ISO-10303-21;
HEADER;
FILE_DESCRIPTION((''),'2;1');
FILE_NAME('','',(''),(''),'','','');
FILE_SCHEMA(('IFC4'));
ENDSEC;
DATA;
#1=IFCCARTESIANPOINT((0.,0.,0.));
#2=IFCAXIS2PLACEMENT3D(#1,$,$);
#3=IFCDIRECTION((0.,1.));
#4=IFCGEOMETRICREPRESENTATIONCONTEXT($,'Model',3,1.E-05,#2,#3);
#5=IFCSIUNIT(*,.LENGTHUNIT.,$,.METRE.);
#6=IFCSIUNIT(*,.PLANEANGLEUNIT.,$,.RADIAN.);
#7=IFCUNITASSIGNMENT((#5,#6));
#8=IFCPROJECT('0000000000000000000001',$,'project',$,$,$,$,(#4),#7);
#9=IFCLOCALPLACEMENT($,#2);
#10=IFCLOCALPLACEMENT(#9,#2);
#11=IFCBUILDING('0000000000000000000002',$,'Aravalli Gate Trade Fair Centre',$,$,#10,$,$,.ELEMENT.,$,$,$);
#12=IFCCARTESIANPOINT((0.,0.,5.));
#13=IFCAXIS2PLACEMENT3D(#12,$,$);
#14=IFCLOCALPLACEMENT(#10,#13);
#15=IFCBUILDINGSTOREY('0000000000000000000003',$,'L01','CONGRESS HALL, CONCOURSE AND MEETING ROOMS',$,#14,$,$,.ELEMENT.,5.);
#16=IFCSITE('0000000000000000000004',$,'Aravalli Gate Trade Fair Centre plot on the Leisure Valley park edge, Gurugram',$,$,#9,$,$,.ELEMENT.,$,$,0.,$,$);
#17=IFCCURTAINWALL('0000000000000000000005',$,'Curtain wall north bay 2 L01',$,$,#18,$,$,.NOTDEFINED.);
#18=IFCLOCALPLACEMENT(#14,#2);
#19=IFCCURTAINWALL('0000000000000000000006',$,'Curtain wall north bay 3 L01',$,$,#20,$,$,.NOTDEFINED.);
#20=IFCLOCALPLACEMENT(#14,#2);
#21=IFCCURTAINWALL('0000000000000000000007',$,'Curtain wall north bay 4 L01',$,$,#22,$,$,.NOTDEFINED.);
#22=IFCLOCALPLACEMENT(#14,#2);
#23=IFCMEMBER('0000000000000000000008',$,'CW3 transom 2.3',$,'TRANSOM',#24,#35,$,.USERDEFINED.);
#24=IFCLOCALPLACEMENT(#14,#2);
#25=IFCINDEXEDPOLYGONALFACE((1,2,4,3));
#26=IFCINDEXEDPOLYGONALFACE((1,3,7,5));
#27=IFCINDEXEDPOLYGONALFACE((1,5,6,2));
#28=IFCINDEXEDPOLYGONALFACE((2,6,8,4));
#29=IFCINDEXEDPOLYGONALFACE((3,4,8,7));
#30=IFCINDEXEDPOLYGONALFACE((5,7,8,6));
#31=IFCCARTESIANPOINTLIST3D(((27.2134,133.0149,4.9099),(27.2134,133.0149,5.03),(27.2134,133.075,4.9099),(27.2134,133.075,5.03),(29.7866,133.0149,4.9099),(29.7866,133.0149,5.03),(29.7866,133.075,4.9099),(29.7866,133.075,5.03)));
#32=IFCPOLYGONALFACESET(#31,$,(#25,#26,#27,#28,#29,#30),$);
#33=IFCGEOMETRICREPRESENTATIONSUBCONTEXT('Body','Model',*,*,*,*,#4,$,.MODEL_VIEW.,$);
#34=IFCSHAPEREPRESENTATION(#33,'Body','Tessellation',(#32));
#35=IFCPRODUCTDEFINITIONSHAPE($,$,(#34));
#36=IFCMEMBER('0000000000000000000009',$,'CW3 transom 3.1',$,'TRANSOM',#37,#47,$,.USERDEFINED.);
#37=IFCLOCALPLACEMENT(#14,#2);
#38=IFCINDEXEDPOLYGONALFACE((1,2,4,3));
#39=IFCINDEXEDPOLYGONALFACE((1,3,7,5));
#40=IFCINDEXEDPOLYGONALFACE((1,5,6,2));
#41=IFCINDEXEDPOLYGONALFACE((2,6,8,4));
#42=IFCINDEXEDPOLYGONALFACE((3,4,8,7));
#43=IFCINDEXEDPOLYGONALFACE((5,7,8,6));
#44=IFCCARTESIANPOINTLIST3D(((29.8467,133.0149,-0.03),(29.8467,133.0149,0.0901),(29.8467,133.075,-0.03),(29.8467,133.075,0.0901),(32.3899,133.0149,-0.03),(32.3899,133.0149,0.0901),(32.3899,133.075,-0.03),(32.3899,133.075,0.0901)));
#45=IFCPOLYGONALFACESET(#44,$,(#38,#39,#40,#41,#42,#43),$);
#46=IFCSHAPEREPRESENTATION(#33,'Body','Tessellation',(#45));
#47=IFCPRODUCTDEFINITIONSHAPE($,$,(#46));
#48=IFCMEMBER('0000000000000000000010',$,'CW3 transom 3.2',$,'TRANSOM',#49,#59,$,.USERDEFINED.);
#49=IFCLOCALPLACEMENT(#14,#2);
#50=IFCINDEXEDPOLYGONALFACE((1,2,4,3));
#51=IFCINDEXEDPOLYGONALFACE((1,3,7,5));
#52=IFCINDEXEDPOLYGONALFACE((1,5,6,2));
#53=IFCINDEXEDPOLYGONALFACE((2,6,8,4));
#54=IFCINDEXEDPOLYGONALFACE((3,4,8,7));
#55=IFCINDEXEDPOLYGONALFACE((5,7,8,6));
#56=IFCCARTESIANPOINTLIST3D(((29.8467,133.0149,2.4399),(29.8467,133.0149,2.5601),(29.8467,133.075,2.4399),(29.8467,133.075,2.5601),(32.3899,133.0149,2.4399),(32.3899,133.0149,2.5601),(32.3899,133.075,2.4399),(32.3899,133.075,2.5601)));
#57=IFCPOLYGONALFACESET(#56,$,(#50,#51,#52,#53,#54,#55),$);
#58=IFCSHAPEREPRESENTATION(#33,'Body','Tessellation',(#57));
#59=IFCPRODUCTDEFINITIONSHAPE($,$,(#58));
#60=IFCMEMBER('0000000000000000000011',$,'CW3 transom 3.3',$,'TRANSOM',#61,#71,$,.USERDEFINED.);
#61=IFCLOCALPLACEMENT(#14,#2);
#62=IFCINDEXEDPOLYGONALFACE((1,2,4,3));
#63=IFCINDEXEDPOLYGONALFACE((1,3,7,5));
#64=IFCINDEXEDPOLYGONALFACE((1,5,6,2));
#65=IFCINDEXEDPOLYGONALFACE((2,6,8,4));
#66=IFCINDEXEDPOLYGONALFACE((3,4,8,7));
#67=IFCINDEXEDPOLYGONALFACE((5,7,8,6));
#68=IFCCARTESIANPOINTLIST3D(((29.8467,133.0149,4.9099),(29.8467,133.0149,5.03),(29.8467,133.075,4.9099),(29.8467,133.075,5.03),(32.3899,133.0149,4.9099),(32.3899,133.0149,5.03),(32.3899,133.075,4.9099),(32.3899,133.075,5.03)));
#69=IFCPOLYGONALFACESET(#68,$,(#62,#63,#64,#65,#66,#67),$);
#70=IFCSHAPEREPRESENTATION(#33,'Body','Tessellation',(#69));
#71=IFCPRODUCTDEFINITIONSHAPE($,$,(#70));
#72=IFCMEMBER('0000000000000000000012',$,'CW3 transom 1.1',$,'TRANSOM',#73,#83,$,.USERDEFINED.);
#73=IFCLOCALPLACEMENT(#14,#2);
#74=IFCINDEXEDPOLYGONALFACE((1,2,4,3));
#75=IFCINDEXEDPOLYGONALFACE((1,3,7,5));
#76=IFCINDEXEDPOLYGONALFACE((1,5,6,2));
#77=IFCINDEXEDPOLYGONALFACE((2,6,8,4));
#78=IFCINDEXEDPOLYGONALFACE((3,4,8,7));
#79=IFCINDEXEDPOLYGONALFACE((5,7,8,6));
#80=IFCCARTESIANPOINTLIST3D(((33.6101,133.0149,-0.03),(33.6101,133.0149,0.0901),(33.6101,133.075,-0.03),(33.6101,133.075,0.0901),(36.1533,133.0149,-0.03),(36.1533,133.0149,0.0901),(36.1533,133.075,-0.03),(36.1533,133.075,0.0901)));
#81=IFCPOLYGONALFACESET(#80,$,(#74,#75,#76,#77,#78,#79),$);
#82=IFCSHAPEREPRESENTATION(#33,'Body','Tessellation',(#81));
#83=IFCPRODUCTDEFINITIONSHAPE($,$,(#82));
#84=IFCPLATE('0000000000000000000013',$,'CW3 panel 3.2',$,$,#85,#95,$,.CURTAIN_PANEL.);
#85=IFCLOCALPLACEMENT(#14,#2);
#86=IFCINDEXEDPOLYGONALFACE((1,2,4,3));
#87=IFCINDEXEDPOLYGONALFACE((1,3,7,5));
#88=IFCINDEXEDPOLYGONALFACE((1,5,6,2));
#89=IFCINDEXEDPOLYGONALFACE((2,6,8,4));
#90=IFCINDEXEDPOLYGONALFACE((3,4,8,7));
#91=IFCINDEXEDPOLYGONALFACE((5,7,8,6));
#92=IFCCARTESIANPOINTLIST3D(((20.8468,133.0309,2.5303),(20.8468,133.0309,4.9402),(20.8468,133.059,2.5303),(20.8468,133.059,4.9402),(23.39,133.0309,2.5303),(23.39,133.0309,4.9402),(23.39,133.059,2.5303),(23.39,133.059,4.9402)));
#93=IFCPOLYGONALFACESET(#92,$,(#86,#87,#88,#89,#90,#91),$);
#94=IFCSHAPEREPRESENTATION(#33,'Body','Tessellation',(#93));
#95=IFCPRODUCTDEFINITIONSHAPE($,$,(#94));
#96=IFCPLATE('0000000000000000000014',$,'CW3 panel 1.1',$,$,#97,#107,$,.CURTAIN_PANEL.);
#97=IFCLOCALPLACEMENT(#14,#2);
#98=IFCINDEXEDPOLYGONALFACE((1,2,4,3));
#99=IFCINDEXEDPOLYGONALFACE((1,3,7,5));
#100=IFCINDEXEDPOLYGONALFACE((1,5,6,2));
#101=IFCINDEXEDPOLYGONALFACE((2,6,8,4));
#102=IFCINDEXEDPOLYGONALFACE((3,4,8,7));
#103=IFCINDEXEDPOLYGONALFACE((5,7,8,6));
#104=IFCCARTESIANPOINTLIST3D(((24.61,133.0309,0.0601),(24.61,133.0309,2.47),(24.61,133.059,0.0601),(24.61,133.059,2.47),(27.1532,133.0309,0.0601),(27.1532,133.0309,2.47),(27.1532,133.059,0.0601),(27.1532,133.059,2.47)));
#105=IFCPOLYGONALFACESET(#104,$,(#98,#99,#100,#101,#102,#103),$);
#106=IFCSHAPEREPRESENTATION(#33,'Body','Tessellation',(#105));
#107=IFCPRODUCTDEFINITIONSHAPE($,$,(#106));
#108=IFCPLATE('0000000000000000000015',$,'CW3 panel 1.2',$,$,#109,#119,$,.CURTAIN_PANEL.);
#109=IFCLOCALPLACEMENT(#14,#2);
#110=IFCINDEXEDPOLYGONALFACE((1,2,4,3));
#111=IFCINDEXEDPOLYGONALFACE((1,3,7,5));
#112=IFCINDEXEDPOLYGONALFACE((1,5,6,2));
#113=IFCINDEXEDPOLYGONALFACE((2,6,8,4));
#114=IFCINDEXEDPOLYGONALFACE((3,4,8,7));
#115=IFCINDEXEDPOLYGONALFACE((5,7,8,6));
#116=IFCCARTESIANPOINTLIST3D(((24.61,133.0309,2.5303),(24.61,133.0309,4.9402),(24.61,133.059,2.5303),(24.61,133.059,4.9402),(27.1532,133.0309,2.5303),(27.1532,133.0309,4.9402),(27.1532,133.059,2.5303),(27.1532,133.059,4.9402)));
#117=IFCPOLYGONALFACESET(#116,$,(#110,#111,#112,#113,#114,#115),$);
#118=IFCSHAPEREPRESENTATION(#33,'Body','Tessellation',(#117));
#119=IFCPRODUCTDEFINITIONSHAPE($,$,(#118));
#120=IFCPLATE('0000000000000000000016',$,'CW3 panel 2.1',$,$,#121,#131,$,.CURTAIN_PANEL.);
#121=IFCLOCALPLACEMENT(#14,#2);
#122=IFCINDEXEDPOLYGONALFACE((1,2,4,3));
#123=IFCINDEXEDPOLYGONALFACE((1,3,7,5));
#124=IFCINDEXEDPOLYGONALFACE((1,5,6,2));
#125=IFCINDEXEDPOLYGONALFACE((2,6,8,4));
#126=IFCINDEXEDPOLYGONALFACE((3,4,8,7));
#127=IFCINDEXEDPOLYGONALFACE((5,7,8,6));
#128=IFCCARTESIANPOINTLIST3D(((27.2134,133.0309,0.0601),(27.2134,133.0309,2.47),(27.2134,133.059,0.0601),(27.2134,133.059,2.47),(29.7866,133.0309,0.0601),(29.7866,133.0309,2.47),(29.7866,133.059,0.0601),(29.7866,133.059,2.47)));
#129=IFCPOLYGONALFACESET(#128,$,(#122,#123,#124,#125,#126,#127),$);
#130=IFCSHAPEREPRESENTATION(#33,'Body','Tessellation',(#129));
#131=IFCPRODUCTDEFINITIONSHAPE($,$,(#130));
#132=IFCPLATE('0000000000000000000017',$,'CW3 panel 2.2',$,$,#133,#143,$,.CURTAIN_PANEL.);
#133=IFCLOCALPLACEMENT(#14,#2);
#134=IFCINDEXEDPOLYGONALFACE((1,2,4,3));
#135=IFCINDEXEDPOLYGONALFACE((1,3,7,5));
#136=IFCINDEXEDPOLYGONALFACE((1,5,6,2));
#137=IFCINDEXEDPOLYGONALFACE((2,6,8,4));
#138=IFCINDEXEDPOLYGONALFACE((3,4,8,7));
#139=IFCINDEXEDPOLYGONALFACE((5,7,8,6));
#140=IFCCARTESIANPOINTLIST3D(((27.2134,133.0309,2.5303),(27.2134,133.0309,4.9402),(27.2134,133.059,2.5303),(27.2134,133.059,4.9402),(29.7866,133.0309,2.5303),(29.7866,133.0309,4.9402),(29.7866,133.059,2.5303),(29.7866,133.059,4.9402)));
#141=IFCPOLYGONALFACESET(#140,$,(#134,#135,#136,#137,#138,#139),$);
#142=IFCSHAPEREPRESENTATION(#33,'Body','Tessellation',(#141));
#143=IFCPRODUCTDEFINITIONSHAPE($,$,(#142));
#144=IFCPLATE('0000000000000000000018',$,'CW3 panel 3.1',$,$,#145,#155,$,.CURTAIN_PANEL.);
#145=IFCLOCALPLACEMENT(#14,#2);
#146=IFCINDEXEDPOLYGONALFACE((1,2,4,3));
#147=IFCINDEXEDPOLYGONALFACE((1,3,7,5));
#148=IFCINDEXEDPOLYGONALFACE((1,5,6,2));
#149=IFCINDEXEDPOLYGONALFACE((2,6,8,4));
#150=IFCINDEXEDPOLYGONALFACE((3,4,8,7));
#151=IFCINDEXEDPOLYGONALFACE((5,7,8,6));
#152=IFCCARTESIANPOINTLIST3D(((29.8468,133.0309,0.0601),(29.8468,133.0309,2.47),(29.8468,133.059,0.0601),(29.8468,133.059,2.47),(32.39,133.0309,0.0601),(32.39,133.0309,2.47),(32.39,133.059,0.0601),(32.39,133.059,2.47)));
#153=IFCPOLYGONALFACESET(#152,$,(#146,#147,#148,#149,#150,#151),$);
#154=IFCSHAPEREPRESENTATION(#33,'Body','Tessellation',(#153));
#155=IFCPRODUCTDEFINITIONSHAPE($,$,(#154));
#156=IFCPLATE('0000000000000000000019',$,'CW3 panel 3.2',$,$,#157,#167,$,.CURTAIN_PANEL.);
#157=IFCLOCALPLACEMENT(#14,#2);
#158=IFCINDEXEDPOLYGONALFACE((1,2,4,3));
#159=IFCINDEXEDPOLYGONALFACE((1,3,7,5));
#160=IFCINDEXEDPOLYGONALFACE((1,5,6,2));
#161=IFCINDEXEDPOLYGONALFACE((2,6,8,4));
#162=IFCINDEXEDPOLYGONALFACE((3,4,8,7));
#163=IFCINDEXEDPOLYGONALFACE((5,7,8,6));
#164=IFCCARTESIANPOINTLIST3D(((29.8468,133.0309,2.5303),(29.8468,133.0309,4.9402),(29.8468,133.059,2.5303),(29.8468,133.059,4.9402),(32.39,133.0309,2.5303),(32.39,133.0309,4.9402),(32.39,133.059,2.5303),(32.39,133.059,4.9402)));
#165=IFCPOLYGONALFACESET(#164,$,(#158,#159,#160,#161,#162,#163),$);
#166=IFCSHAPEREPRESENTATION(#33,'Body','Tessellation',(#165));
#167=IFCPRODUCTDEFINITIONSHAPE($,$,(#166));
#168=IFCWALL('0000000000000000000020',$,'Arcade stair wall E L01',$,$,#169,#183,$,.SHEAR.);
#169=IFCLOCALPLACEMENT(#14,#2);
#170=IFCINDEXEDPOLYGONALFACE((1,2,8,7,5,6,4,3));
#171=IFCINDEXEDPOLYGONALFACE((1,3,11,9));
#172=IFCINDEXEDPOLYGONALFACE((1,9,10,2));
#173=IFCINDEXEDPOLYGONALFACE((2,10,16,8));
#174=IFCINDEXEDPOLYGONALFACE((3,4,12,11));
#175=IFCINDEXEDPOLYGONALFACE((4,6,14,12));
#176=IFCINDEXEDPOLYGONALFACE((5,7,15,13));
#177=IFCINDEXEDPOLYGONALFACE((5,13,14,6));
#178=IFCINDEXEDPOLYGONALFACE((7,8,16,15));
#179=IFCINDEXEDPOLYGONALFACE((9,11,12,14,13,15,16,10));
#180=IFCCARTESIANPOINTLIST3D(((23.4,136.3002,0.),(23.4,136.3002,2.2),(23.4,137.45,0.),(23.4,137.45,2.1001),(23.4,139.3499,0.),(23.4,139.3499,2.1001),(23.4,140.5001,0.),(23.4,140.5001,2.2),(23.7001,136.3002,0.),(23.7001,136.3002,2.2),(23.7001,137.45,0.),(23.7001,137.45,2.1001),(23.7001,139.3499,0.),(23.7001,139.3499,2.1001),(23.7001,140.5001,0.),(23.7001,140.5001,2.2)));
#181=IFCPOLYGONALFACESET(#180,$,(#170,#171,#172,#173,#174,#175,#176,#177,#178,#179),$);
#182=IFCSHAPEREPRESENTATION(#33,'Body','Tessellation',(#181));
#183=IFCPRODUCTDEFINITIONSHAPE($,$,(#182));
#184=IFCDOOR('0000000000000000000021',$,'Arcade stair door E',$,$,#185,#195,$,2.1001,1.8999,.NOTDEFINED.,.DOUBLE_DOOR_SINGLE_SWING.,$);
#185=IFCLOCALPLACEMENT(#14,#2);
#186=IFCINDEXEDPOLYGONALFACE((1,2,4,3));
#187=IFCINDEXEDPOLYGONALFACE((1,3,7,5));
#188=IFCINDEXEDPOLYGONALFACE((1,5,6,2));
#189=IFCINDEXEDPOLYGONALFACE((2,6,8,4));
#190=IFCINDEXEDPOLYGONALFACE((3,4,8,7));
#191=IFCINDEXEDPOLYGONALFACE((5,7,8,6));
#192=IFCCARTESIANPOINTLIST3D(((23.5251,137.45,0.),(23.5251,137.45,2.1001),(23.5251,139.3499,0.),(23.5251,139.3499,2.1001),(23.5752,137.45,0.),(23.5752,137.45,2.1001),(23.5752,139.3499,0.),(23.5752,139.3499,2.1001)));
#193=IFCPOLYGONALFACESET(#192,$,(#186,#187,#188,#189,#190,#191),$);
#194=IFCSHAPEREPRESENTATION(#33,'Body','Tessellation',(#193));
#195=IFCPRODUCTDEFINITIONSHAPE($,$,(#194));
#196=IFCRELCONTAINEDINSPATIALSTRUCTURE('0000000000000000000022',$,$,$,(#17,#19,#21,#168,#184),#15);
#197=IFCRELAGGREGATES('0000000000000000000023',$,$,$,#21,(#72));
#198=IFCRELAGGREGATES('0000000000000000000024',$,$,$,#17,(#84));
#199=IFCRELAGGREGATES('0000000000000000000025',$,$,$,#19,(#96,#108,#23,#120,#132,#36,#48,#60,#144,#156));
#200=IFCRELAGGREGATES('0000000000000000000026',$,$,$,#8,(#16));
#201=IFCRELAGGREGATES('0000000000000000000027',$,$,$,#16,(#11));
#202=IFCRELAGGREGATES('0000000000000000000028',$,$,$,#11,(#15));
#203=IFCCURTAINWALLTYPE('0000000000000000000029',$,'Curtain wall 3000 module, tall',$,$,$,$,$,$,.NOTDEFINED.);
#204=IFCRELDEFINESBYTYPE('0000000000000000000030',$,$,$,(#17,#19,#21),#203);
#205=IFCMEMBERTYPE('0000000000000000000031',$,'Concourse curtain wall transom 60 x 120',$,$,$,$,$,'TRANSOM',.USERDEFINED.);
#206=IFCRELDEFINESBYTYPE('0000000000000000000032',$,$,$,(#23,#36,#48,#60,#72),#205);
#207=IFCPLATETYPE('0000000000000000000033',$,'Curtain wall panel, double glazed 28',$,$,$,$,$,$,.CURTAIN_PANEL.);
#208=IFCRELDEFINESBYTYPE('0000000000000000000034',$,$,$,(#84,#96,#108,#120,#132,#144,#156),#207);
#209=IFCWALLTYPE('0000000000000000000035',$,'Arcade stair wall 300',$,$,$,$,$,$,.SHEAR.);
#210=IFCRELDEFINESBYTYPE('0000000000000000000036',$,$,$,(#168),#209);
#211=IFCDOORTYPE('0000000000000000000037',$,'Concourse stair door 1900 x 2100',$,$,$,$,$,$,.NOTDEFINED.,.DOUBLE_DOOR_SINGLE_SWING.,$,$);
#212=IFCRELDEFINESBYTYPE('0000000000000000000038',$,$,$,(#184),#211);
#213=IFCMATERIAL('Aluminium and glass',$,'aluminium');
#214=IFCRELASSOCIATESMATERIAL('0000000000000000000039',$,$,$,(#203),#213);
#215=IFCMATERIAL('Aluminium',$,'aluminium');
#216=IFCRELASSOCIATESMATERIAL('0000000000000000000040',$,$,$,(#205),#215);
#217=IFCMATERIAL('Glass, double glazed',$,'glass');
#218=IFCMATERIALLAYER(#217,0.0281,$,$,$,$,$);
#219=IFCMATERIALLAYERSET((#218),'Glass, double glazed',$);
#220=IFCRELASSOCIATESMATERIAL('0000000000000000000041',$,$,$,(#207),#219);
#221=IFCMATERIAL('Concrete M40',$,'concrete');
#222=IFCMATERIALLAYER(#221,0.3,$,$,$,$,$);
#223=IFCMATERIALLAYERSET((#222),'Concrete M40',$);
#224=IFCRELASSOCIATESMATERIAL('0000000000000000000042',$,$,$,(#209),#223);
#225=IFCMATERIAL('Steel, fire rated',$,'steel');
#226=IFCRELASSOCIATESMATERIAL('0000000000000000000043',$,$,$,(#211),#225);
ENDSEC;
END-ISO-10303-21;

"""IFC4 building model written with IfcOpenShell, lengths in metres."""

from ifc_helpers import new_model, si_unit, direction, frame, frame_2d, origin, origin_2d, place, context, subcontext, project, spatial, rectangle, extrude, material, layer, layer_set, material_profile, profile_set, type_object, element, fill, aggregate, save


model = new_model("IFC4")

# Units and contexts
model_context = context("Model", 3, precision=1e-05, world=origin(), true_north=direction((0.0, 1.0)))
body_context = subcontext(model_context, "Body", "Model", "MODEL_VIEW")
ifc_project = project(units=[si_unit("LENGTHUNIT", "METRE"), si_unit("PLANEANGLEUNIT", "RADIAN")], contexts=[model_context])

# Site, building, storey
site_placement = place(None, origin())
site = spatial("IfcSite", under=ifc_project, at=site_placement, Name="Aravalli Gate Trade Fair Centre plot on the Leisure Valley park edge, Gurugram", CompositionType="ELEMENT", RefElevation=0.0)
building_placement = place(site_placement, origin())
building = spatial("IfcBuilding", under=site, at=building_placement, Name="Aravalli Gate Trade Fair Centre", CompositionType="ELEMENT")
storey_placement = place(building_placement, frame((0.0, 0.0, 5.0)))
storey = spatial("IfcBuildingStorey", under=building, at=storey_placement, Name="L01", Description="CONGRESS HALL, CONCOURSE AND MEETING ROOMS", CompositionType="ELEMENT", Elevation=5.0)

# Curtain wall
ifc_material_1 = material(Name="Aluminium and glass", Category="aluminium")
curtain_wall_type = type_object("IfcCurtainWallType", Name="Curtain wall 3000 module, tall", PredefinedType="NOTDEFINED", material=ifc_material_1)
curtain_wall_1_placement = place(storey_placement, origin())
curtain_wall_1 = element("IfcCurtainWall", 1, at=curtain_wall_1_placement, inside=storey, type_object=curtain_wall_type, Name="Curtain wall north bay 2 L01", PredefinedType="NOTDEFINED")
ifc_material_2 = material(Name="Aluminium", Category="aluminium")

# Curtain wall
curtain_wall_2_placement = place(storey_placement, origin())
curtain_wall_2 = element("IfcCurtainWall", 2, at=curtain_wall_2_placement, inside=storey, type_object=curtain_wall_type, Name="Curtain wall north bay 3 L01", PredefinedType="NOTDEFINED")

# Curtain wall
curtain_wall_3_placement = place(storey_placement, origin())
curtain_wall_3 = element("IfcCurtainWall", 3, at=curtain_wall_3_placement, inside=storey, type_object=curtain_wall_type, Name="Curtain wall north bay 4 L01", PredefinedType="NOTDEFINED")

# Members
ifc_material_profile_1 = material_profile(ifc_material_2, rectangle(XDim=0.0601, YDim=0.1201, at=origin_2d()), Name="Concourse curtain wall transom 60 x 120")
ifc_profile_set_1 = profile_set([ifc_material_profile_1], Name="Aluminium")
member_type_1 = type_object("IfcMemberType", Name="Concourse curtain wall transom 60 x 120", ElementType="TRANSOM", PredefinedType="USERDEFINED", material=ifc_profile_set_1)
member_1_placement = place(storey_placement, frame((27.2134, 133.0449, 4.97), z_axis=(1.0, 0.0, 0.0), x_axis=(0.0, 1.0, 0.0)))
member_1 = element("IfcMember", 4, at=member_1_placement, type_object=member_type_1, Name="CW3 transom 2.3", ObjectType="TRANSOM", PredefinedType="USERDEFINED", context=body_context, shape_type="SweptSolid", body=[
    extrude(rectangle(XDim=0.0601, YDim=0.1201, at=origin_2d()), origin(), (0.0, 0.0, 1.0), 2.5732),
])
member_2_placement = place(storey_placement, frame((29.8467, 133.0449, 0.03), z_axis=(1.0, 0.0, 0.0), x_axis=(0.0, 1.0, 0.0)))
member_2 = element("IfcMember", 5, at=member_2_placement, type_object=member_type_1, Name="CW3 transom 3.1", ObjectType="TRANSOM", PredefinedType="USERDEFINED", context=body_context, shape_type="SweptSolid", body=[
    extrude(rectangle(XDim=0.0601, YDim=0.1201, at=origin_2d()), origin(), (0.0, 0.0, 1.0), 2.5432),
])
member_3_placement = place(storey_placement, frame((29.8467, 133.0449, 2.5), z_axis=(1.0, 0.0, 0.0), x_axis=(0.0, 1.0, 0.0)))
member_3 = element("IfcMember", 6, at=member_3_placement, type_object=member_type_1, Name="CW3 transom 3.2", ObjectType="TRANSOM", PredefinedType="USERDEFINED", context=body_context, shape_type="SweptSolid", body=[
    extrude(rectangle(XDim=0.0601, YDim=0.1201, at=origin_2d()), origin(), (0.0, 0.0, 1.0), 2.5432),
])
member_4_placement = place(storey_placement, frame((29.8467, 133.0449, 4.97), z_axis=(1.0, 0.0, 0.0), x_axis=(0.0, 1.0, 0.0)))
member_4 = element("IfcMember", 7, at=member_4_placement, type_object=member_type_1, Name="CW3 transom 3.3", ObjectType="TRANSOM", PredefinedType="USERDEFINED", context=body_context, shape_type="SweptSolid", body=[
    extrude(rectangle(XDim=0.0601, YDim=0.1201, at=origin_2d()), origin(), (0.0, 0.0, 1.0), 2.5432),
])
member_5_placement = place(storey_placement, frame((33.6101, 133.0449, 0.03), z_axis=(1.0, 0.0, 0.0), x_axis=(0.0, 1.0, 0.0)))
member_5 = element("IfcMember", 8, at=member_5_placement, type_object=member_type_1, Name="CW3 transom 1.1", ObjectType="TRANSOM", PredefinedType="USERDEFINED", context=body_context, shape_type="SweptSolid", body=[
    extrude(rectangle(XDim=0.0601, YDim=0.1201, at=origin_2d()), origin(), (0.0, 0.0, 1.0), 2.5432),
])
aggregate(curtain_wall_3, [member_5])

# Plates
ifc_material_3 = material(Name="Glass, double glazed", Category="glass")
ifc_layer_1 = layer(ifc_material_3, 0.0281)
ifc_layer_set_1 = layer_set([ifc_layer_1], Name="Glass, double glazed")
plate_type = type_object("IfcPlateType", Name="Curtain wall panel, double glazed 28", PredefinedType="CURTAIN_PANEL", material=ifc_layer_set_1)
plate_1_placement = place(storey_placement, frame((22.1184, 133.0449, 2.5303), z_axis=(0.0, 0.0, 1.0), x_axis=(1.0, 0.0, 0.0)))
plate_1 = element("IfcPlate", 9, at=plate_1_placement, type_object=plate_type, Name="CW3 panel 3.2", PredefinedType="CURTAIN_PANEL", context=body_context, shape_type="SweptSolid", body=[
    extrude(rectangle(XDim=2.5432, YDim=0.0281, at=origin_2d()), origin(), (0.0, 0.0, 1.0), 2.4099),
])
aggregate(curtain_wall_1, [plate_1])
plate_2_placement = place(storey_placement, frame((25.8816, 133.0449, 0.0601), z_axis=(0.0, 0.0, 1.0), x_axis=(1.0, 0.0, 0.0)))
plate_2 = element("IfcPlate", 10, at=plate_2_placement, type_object=plate_type, Name="CW3 panel 1.1", PredefinedType="CURTAIN_PANEL", context=body_context, shape_type="SweptSolid", body=[
    extrude(rectangle(XDim=2.5432, YDim=0.0281, at=origin_2d()), origin(), (0.0, 0.0, 1.0), 2.4099),
])
plate_3_placement = place(storey_placement, frame((25.8816, 133.0449, 2.5303), z_axis=(0.0, 0.0, 1.0), x_axis=(1.0, 0.0, 0.0)))
plate_3 = element("IfcPlate", 11, at=plate_3_placement, type_object=plate_type, Name="CW3 panel 1.2", PredefinedType="CURTAIN_PANEL", context=body_context, shape_type="SweptSolid", body=[
    extrude(rectangle(XDim=2.5432, YDim=0.0281, at=origin_2d()), origin(), (0.0, 0.0, 1.0), 2.4099),
])
plate_4_placement = place(storey_placement, frame((28.5, 133.0449, 0.0601), z_axis=(0.0, 0.0, 1.0), x_axis=(1.0, 0.0, 0.0)))
plate_4 = element("IfcPlate", 12, at=plate_4_placement, type_object=plate_type, Name="CW3 panel 2.1", PredefinedType="CURTAIN_PANEL", context=body_context, shape_type="SweptSolid", body=[
    extrude(rectangle(XDim=2.5732, YDim=0.0281, at=origin_2d()), origin(), (0.0, 0.0, 1.0), 2.4099),
])
plate_5_placement = place(storey_placement, frame((28.5, 133.0449, 2.5303), z_axis=(0.0, 0.0, 1.0), x_axis=(1.0, 0.0, 0.0)))
plate_5 = element("IfcPlate", 13, at=plate_5_placement, type_object=plate_type, Name="CW3 panel 2.2", PredefinedType="CURTAIN_PANEL", context=body_context, shape_type="SweptSolid", body=[
    extrude(rectangle(XDim=2.5732, YDim=0.0281, at=origin_2d()), origin(), (0.0, 0.0, 1.0), 2.4099),
])
plate_6_placement = place(storey_placement, frame((31.1184, 133.0449, 0.0601), z_axis=(0.0, 0.0, 1.0), x_axis=(1.0, 0.0, 0.0)))
plate_6 = element("IfcPlate", 14, at=plate_6_placement, type_object=plate_type, Name="CW3 panel 3.1", PredefinedType="CURTAIN_PANEL", context=body_context, shape_type="SweptSolid", body=[
    extrude(rectangle(XDim=2.5432, YDim=0.0281, at=origin_2d()), origin(), (0.0, 0.0, 1.0), 2.4099),
])
plate_7_placement = place(storey_placement, frame((31.1184, 133.0449, 2.5303), z_axis=(0.0, 0.0, 1.0), x_axis=(1.0, 0.0, 0.0)))
plate_7 = element("IfcPlate", 15, at=plate_7_placement, type_object=plate_type, Name="CW3 panel 3.2", PredefinedType="CURTAIN_PANEL", context=body_context, shape_type="SweptSolid", body=[
    extrude(rectangle(XDim=2.5432, YDim=0.0281, at=origin_2d()), origin(), (0.0, 0.0, 1.0), 2.4099),
])
aggregate(curtain_wall_2, [plate_2, plate_3, member_1, plate_4, plate_5, member_2, member_3, member_4, plate_6, plate_7])

# Wall, opening, door
ifc_material_4 = material(Name="Concrete M40", Category="concrete")
ifc_layer_2 = layer(ifc_material_4, 0.3)
ifc_layer_set_2 = layer_set([ifc_layer_2], Name="Concrete M40")
wall_type_1 = type_object("IfcWallType", Name="Arcade stair wall 300", PredefinedType="SHEAR", material=ifc_layer_set_2)
wall_1_placement = place(storey_placement, frame((23.55, 136.3, 0.0), z_axis=(0.0, 0.0, 1.0), x_axis=(0.0, 1.0, 0.0)))
wall_1 = element("IfcWall", 16, at=wall_1_placement, inside=storey, type_object=wall_type_1, Name="Arcade stair wall E L01", PredefinedType="SHEAR", context=body_context, shape_type="SweptSolid", body=[
    extrude(rectangle(XDim=4.2, YDim=0.3, at=frame_2d((2.1001, 0.0))), origin(), (0.0, 0.0, 1.0), 2.2),
])
opening_placement = place(wall_1_placement, frame((1.1499, 0.0, 0.0)))
opening = element("IfcOpeningElement", 17, at=opening_placement, cuts=wall_1, PredefinedType="OPENING", context=body_context, shape_type="SweptSolid", body=[
    extrude(rectangle(XDim=1.8999, YDim=2.1001, at=frame_2d((0.95, 1.05))), frame((0.0, 0.1599, 0.0), z_axis=(0.0, -1.0, 0.0), x_axis=(1.0, 0.0, 0.0)), (0.0, 0.0, 1.0), 0.3201),
])
ifc_material_5 = material(Name="Steel, fire rated", Category="steel")
door_type = type_object("IfcDoorType", Name="Concourse stair door 1900 x 2100", OperationType="DOUBLE_DOOR_SINGLE_SWING", PredefinedType="NOTDEFINED", material=ifc_material_5)
door_placement = place(opening_placement, origin())
door = element("IfcDoor", 18, at=door_placement, inside=storey, type_object=door_type, Name="Arcade stair door E", OperationType="DOUBLE_DOOR_SINGLE_SWING", OverallHeight=2.1001, OverallWidth=1.8999, PredefinedType="NOTDEFINED", context=body_context, shape_type="SweptSolid", body=[
    extrude(rectangle(XDim=1.8999, YDim=2.1001, at=frame_2d((0.95, 1.05))), frame((0.0, 0.0249, 0.0), z_axis=(0.0, -1.0, 0.0), x_axis=(1.0, 0.0, 0.0)), (0.0, 0.0, 1.0), 0.05),
])
fill(opening, door)

save(model, "model.ifc")
